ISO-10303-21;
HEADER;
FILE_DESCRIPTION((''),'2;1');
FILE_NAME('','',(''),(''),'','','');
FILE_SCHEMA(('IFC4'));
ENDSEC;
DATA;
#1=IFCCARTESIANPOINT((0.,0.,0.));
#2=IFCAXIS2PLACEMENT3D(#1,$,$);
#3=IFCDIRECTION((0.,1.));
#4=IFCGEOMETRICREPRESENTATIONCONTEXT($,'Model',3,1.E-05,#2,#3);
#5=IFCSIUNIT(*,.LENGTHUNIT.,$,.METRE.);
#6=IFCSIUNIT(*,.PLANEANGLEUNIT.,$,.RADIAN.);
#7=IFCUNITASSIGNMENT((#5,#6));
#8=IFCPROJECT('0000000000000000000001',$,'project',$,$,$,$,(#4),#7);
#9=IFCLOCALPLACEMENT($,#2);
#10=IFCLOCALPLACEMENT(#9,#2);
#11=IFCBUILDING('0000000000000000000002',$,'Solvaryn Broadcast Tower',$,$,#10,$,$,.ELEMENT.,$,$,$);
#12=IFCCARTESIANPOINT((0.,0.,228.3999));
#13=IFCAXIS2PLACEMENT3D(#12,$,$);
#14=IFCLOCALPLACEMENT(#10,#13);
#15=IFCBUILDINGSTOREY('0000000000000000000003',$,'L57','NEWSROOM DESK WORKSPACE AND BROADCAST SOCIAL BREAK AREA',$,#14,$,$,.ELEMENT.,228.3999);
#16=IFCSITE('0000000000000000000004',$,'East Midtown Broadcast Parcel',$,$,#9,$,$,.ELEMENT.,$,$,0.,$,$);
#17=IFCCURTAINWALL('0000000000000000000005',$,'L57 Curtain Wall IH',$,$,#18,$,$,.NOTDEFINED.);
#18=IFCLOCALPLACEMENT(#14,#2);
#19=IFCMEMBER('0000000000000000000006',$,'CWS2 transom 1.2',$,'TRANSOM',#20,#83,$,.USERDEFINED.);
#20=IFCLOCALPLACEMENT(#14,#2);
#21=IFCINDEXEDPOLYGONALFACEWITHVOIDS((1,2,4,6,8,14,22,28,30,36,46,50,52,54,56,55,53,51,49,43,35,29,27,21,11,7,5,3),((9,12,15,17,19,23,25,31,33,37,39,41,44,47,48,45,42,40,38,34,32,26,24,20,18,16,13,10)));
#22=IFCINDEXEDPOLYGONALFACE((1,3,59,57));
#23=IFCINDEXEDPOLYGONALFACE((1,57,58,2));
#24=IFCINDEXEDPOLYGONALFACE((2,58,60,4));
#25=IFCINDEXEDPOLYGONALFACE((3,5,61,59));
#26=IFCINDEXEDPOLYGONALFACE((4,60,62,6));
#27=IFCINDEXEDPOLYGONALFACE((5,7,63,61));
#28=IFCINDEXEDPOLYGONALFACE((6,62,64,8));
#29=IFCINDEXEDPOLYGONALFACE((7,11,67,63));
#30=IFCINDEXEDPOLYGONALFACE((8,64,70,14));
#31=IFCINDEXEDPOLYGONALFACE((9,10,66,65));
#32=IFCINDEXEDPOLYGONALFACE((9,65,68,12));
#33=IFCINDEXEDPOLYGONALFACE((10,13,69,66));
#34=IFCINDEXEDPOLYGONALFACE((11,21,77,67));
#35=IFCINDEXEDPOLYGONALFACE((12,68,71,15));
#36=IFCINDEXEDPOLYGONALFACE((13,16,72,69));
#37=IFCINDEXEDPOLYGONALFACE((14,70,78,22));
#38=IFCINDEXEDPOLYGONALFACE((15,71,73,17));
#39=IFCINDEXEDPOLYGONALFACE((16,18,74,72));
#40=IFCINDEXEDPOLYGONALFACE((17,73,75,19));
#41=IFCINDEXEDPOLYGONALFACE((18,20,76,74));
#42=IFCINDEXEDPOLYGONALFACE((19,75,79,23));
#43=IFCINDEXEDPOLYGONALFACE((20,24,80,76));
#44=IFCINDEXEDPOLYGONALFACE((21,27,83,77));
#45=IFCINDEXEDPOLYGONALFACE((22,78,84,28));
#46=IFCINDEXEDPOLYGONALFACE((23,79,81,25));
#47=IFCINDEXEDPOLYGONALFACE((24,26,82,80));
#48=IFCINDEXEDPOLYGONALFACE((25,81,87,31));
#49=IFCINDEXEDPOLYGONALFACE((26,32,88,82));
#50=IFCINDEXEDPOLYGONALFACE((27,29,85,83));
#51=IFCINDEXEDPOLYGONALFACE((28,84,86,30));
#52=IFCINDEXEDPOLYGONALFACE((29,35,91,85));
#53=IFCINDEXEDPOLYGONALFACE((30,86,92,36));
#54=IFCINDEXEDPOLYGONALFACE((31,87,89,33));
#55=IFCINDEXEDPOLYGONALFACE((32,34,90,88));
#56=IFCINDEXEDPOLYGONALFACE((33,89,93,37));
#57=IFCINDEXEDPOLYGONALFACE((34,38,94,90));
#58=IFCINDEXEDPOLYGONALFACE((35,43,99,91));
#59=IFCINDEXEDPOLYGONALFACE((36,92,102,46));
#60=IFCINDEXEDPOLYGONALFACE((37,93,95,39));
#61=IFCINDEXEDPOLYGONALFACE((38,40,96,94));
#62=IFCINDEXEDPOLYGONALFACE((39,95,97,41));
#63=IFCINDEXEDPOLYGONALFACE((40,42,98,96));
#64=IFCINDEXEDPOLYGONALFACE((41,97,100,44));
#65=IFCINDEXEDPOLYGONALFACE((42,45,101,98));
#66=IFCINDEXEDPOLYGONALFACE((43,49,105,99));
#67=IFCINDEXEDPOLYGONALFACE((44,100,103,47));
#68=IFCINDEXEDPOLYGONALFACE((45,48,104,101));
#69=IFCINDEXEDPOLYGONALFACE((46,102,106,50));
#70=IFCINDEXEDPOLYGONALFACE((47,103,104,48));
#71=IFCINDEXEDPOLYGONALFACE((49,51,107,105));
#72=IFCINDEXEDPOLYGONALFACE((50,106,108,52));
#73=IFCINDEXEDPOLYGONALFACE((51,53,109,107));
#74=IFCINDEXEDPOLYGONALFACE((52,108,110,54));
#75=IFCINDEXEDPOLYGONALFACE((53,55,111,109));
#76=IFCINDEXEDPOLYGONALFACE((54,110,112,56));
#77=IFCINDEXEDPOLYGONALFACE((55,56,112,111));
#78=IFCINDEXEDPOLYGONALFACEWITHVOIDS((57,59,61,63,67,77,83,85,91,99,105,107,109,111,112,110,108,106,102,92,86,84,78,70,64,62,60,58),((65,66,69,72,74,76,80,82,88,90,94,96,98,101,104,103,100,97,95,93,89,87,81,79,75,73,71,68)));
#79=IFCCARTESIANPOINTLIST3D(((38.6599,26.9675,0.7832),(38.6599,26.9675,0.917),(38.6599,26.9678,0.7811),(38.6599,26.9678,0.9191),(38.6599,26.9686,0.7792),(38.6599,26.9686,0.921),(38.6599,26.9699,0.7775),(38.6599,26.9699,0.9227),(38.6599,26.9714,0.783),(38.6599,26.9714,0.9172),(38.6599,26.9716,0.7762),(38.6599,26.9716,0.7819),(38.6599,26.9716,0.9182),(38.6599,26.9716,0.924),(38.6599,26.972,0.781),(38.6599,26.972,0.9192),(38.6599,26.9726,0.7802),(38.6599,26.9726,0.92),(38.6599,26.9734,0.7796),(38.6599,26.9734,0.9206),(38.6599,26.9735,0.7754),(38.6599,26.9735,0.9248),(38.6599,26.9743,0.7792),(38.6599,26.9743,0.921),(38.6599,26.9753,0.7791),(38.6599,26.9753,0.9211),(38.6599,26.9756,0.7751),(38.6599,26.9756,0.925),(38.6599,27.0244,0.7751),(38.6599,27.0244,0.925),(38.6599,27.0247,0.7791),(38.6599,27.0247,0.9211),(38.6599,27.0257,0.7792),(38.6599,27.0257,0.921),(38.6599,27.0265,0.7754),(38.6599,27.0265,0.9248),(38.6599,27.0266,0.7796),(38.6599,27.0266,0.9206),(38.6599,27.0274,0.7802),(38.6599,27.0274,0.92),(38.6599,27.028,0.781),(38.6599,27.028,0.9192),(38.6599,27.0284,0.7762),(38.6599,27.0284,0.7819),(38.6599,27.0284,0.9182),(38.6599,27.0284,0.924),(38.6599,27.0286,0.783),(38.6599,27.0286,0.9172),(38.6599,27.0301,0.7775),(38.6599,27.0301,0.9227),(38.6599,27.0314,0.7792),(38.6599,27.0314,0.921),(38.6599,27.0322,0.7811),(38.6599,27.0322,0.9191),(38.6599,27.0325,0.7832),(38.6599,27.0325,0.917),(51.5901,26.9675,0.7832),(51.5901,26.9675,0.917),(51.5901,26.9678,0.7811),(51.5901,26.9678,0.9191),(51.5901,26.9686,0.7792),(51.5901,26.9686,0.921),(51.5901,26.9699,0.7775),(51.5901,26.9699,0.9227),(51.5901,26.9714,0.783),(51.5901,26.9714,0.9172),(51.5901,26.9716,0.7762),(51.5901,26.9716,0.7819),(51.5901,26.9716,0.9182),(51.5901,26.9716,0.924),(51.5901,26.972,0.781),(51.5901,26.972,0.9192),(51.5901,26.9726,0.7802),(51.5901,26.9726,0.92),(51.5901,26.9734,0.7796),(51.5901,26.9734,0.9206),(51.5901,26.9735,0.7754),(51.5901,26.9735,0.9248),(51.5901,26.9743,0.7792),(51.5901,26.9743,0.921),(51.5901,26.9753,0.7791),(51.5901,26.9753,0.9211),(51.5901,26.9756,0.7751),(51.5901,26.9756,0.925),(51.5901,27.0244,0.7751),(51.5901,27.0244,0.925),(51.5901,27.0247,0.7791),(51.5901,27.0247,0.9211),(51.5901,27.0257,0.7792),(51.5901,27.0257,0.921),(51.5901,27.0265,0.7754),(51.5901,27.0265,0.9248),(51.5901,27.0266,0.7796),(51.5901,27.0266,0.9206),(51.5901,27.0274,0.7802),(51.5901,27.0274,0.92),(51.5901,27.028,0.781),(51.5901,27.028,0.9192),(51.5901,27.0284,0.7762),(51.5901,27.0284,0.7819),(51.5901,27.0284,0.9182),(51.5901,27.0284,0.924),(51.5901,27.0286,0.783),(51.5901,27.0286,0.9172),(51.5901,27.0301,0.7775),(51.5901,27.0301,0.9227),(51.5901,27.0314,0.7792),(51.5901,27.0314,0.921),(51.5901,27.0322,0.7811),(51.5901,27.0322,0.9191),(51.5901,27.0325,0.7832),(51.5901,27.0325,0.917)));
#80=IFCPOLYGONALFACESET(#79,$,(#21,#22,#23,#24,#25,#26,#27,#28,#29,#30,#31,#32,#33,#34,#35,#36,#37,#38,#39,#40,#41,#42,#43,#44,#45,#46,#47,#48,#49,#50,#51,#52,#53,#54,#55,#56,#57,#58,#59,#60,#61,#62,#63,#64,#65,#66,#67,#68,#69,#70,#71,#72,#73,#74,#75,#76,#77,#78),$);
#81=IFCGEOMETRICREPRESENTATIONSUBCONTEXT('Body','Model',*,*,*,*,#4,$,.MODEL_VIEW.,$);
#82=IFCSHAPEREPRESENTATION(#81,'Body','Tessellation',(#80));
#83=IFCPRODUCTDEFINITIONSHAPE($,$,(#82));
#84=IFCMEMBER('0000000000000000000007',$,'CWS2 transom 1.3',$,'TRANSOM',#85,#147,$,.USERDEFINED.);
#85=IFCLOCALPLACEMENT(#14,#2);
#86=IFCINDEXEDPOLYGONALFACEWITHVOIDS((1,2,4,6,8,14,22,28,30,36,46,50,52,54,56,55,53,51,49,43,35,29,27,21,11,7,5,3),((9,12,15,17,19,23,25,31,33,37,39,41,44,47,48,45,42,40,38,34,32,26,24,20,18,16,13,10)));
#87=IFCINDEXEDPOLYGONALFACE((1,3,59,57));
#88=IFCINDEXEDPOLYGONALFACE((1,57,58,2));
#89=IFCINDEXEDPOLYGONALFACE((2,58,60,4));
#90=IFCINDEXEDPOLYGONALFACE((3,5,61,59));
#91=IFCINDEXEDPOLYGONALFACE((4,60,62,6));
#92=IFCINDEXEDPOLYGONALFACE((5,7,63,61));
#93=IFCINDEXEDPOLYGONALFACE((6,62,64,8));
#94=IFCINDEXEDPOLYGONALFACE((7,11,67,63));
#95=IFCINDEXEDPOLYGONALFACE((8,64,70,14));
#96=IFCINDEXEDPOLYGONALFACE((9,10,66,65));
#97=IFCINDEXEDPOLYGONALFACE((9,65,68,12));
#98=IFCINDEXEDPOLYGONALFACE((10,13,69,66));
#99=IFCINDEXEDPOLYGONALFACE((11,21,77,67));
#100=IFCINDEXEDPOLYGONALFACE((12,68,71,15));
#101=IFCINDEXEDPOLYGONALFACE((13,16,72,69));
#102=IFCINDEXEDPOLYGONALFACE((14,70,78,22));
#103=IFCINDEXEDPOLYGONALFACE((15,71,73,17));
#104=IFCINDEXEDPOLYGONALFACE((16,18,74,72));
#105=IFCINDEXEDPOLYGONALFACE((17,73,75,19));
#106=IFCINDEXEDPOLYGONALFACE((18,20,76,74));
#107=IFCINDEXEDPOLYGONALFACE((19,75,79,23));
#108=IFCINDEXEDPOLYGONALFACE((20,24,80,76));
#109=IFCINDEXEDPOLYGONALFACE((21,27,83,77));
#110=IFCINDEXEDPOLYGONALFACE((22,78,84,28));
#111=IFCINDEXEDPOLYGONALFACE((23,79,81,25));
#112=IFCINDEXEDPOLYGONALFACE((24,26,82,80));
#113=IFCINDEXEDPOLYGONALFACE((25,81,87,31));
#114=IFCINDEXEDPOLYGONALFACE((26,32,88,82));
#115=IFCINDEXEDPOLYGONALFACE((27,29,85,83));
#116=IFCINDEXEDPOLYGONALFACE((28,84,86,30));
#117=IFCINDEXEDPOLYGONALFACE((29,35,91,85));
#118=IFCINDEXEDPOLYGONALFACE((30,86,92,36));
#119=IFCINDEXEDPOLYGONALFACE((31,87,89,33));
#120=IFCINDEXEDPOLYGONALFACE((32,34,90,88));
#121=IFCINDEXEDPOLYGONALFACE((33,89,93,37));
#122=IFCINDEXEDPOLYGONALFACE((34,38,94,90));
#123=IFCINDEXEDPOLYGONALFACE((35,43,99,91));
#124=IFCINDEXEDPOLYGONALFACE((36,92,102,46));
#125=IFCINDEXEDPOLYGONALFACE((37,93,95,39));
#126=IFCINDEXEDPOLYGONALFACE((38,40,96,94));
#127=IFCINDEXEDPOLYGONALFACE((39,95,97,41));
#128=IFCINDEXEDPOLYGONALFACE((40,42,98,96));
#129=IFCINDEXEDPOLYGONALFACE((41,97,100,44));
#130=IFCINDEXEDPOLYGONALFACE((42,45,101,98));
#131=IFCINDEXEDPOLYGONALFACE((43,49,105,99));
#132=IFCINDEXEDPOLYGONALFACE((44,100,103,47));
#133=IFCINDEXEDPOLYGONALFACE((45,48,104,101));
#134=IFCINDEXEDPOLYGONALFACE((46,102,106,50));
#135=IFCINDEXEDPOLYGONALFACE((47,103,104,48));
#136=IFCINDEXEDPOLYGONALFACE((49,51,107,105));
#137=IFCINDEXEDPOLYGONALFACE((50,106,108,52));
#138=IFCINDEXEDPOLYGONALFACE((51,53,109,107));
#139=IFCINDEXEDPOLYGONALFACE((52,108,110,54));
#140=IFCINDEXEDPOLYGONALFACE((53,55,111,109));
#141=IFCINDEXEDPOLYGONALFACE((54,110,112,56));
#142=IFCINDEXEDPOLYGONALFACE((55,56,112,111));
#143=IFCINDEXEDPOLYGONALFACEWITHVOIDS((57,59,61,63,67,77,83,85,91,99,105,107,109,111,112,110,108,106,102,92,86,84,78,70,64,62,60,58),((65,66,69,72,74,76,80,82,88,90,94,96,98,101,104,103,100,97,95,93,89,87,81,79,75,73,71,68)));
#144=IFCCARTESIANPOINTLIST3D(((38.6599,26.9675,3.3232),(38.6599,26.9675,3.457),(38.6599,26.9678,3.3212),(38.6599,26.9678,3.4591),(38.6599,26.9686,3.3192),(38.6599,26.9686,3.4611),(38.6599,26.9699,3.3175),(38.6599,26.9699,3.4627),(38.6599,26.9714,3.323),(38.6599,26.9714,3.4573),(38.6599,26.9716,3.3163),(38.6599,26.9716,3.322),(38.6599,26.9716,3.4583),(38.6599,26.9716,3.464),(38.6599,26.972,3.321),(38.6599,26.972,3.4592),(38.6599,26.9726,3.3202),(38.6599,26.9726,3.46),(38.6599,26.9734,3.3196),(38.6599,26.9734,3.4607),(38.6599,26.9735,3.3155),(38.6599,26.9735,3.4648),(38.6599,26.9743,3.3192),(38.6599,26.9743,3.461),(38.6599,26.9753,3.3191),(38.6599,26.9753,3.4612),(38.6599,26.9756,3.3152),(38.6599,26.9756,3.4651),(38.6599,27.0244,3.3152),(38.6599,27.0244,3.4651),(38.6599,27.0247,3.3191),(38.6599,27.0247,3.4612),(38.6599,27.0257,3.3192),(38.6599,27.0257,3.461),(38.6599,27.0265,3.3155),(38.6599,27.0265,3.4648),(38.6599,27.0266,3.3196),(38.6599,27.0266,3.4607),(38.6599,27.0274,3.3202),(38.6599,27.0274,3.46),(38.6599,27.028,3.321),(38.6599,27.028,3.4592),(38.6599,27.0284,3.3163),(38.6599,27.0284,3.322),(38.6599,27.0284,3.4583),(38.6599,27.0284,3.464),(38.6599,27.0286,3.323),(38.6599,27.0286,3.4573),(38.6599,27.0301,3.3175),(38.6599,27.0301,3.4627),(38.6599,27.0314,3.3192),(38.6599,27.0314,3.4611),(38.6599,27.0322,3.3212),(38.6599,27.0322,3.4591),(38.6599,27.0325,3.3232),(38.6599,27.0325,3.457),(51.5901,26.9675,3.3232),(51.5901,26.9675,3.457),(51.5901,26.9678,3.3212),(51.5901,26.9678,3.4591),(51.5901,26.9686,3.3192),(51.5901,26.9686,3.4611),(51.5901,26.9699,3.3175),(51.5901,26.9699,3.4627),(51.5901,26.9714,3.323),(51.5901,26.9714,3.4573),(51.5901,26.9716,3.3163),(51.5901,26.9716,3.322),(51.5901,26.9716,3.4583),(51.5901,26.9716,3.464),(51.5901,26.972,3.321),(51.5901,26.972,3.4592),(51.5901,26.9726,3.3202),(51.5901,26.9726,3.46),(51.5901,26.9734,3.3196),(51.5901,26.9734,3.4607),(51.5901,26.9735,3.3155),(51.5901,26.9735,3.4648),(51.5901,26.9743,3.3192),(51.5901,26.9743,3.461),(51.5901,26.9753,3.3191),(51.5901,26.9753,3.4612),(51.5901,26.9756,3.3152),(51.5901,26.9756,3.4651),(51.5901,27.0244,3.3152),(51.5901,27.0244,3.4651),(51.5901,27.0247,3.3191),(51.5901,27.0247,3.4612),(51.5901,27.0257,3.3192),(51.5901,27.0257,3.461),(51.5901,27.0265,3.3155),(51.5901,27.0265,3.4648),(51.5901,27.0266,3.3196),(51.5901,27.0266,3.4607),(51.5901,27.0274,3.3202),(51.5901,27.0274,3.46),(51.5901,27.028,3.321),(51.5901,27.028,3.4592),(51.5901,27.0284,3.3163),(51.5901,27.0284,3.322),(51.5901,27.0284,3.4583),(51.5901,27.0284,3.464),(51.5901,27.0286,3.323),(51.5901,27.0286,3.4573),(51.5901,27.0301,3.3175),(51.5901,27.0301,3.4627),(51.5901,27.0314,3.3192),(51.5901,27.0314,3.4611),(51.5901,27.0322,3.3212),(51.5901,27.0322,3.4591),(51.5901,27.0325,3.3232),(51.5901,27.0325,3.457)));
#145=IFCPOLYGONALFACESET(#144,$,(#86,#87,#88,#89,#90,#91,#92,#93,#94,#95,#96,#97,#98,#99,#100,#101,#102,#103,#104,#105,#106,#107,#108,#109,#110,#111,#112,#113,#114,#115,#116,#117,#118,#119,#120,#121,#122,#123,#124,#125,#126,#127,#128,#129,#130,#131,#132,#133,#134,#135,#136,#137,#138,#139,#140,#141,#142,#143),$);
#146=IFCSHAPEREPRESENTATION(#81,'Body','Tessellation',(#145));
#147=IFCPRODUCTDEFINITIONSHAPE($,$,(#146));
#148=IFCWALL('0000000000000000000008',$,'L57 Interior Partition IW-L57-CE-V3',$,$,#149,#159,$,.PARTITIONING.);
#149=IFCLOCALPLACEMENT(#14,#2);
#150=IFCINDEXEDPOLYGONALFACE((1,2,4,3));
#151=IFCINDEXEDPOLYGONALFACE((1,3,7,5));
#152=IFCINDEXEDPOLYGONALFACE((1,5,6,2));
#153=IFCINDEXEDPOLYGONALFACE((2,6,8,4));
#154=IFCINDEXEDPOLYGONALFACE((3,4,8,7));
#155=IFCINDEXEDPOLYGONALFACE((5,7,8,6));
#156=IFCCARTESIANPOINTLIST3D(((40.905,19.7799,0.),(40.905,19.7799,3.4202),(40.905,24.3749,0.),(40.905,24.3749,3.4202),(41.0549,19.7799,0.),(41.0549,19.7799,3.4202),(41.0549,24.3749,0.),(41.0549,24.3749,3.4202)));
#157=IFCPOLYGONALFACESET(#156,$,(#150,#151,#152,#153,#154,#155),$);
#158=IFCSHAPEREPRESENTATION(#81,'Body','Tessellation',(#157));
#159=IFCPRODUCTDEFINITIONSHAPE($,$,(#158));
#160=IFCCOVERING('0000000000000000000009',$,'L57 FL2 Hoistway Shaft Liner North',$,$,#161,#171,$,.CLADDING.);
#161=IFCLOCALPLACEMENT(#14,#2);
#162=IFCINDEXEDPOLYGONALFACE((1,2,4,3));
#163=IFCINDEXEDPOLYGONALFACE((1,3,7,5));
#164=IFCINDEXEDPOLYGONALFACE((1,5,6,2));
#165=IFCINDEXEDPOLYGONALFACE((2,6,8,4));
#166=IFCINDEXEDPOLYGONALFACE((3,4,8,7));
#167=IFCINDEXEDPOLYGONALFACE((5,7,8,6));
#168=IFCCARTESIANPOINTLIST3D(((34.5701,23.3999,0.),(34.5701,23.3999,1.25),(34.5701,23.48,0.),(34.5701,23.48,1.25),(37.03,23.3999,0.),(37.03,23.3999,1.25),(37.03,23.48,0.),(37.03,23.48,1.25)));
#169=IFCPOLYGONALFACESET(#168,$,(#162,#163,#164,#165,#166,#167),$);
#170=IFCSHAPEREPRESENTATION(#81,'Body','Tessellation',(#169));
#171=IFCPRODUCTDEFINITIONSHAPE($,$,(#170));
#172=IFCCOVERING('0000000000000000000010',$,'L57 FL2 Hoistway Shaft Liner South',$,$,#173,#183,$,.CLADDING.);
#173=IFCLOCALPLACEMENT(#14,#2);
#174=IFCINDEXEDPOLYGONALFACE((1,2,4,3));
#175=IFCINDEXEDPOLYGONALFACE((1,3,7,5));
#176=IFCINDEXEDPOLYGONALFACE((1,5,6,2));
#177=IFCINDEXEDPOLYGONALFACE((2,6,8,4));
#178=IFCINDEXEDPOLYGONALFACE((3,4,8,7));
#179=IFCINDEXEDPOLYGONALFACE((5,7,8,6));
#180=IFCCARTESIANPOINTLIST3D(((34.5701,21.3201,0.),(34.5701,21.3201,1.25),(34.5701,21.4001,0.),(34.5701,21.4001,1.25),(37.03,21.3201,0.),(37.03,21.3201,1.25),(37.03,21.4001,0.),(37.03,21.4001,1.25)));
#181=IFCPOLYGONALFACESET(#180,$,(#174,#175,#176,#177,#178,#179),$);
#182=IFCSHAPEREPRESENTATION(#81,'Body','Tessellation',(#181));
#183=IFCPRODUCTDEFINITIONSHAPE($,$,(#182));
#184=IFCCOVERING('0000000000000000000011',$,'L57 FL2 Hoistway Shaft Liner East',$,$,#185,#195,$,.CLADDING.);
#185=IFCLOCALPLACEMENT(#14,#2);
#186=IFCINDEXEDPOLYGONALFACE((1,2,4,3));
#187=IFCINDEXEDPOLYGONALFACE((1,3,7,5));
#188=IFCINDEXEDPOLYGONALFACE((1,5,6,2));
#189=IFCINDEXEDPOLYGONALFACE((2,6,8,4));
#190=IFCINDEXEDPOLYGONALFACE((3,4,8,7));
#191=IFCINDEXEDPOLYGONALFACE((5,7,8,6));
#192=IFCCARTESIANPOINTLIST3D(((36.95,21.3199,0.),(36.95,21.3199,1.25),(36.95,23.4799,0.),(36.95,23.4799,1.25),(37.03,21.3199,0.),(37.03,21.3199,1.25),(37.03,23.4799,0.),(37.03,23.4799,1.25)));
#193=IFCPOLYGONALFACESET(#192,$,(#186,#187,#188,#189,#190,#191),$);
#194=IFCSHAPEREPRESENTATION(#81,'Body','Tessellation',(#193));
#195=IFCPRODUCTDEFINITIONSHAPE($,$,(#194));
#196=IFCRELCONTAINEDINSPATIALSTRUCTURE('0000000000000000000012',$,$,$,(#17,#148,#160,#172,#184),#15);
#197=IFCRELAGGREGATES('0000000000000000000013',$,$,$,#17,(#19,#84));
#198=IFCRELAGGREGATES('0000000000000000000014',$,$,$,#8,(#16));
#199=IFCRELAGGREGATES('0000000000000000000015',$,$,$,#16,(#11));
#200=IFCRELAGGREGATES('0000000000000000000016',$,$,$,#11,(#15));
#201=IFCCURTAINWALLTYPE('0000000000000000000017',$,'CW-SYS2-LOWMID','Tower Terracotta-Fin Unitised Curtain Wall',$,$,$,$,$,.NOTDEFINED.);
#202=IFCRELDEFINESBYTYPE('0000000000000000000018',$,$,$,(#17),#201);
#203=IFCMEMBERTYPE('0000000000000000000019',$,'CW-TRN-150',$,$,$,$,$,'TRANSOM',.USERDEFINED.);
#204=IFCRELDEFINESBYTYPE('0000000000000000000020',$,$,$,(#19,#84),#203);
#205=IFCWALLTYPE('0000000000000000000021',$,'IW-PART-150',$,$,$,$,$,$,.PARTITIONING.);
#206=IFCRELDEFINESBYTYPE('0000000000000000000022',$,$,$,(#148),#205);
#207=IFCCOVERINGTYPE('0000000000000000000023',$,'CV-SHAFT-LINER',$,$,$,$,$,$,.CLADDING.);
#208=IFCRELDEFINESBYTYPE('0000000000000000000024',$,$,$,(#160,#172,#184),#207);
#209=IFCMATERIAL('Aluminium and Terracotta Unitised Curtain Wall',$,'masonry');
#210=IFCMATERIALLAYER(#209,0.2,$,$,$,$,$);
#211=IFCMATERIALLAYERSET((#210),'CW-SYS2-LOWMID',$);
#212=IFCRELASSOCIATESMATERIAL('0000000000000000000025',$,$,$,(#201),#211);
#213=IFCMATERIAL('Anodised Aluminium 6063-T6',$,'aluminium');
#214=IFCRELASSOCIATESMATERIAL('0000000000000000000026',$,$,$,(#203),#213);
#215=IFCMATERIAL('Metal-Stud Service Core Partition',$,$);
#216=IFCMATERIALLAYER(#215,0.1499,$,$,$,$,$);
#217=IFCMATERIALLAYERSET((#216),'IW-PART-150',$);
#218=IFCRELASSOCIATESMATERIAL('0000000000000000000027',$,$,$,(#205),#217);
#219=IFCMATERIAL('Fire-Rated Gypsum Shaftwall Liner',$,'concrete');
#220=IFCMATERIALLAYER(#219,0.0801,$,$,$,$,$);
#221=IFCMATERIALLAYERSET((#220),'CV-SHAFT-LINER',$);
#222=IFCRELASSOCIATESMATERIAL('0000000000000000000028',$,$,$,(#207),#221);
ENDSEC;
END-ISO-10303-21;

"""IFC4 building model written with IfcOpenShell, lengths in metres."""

from ifc_helpers import new_model, si_unit, direction, frame, frame_2d, origin, origin_2d, place, context, subcontext, project, spatial, rectangle, hollow_rectangle, extrude, material, layer, layer_set, material_profile, profile_set, type_object, element, aggregate, save


model = new_model("IFC4")

# Units and contexts
model_context = context("Model", 3, precision=1e-05, world=origin(), true_north=direction((0.0, 1.0)))
body_context = subcontext(model_context, "Body", "Model", "MODEL_VIEW")
ifc_project = project(units=[si_unit("LENGTHUNIT", "METRE"), si_unit("PLANEANGLEUNIT", "RADIAN")], contexts=[model_context])

# Site, building, storey
site_placement = place(None, origin())
site = spatial("IfcSite", under=ifc_project, at=site_placement, Name="East Midtown Broadcast Parcel", CompositionType="ELEMENT", RefElevation=0.0)
building_placement = place(site_placement, origin())
building = spatial("IfcBuilding", under=site, at=building_placement, Name="Solvaryn Broadcast Tower", CompositionType="ELEMENT")
storey_placement = place(building_placement, frame((0.0, 0.0, 228.3999)))
storey = spatial("IfcBuildingStorey", under=building, at=storey_placement, Name="L57", Description="NEWSROOM DESK WORKSPACE AND BROADCAST SOCIAL BREAK AREA", CompositionType="ELEMENT", Elevation=228.3999)

# Curtain wall
ifc_material_1 = material(Name="Aluminium and Terracotta Unitised Curtain Wall", Category="masonry")
ifc_layer_1 = layer(ifc_material_1, 0.2)
ifc_layer_set_1 = layer_set([ifc_layer_1], Name="CW-SYS2-LOWMID")
curtain_wall_type = type_object("IfcCurtainWallType", Name="CW-SYS2-LOWMID", Description="Tower Terracotta-Fin Unitised Curtain Wall", PredefinedType="NOTDEFINED", material=ifc_layer_set_1)
curtain_wall_1_placement = place(storey_placement, origin())
curtain_wall_1 = element("IfcCurtainWall", 1, at=curtain_wall_1_placement, inside=storey, type_object=curtain_wall_type, Name="L57 Curtain Wall IH", PredefinedType="NOTDEFINED")

# Members
ifc_material_2 = material(Name="Anodised Aluminium 6063-T6", Category="aluminium")
ifc_material_profile_1 = material_profile(ifc_material_2, hollow_rectangle(XDim=0.0649, YDim=0.1499, WallThickness=0.0039, InnerFilletRadius=0.0039, OuterFilletRadius=0.0081, at=origin_2d()))
ifc_profile_set_1 = profile_set([ifc_material_profile_1], Name="Anodised Aluminium 6063-T6")
member_type_1 = type_object("IfcMemberType", Name="CW-TRN-150", ElementType="TRANSOM", PredefinedType="USERDEFINED", material=ifc_profile_set_1)
member_1_placement = place(storey_placement, frame((38.6599, 27.0, 0.8501), z_axis=(1.0, 0.0, 0.0), x_axis=(0.0, 1.0, 0.0)))
member_1 = element("IfcMember", 2, at=member_1_placement, type_object=member_type_1, Name="CWS2 transom 1.2", ObjectType="TRANSOM", PredefinedType="USERDEFINED", context=body_context, shape_type="SweptSolid", body=[
    extrude(hollow_rectangle(XDim=0.0649, YDim=0.1499, WallThickness=0.0039, InnerFilletRadius=0.0039, OuterFilletRadius=0.0081, at=origin_2d()), origin(), (0.0, 0.0, 1.0), 12.9302),
])
member_2_placement = place(storey_placement, frame((38.6599, 27.0, 3.3901), z_axis=(1.0, 0.0, 0.0), x_axis=(0.0, 1.0, 0.0)))
member_2 = element("IfcMember", 3, at=member_2_placement, type_object=member_type_1, Name="CWS2 transom 1.3", ObjectType="TRANSOM", PredefinedType="USERDEFINED", context=body_context, shape_type="SweptSolid", body=[
    extrude(hollow_rectangle(XDim=0.0649, YDim=0.1499, WallThickness=0.0039, InnerFilletRadius=0.0039, OuterFilletRadius=0.0081, at=origin_2d()), origin(), (0.0, 0.0, 1.0), 12.9302),
])
aggregate(curtain_wall_1, [member_1, member_2])

# Wall
ifc_material_3 = material(Name="Metal-Stud Service Core Partition")
ifc_layer_2 = layer(ifc_material_3, 0.1499)
ifc_layer_set_2 = layer_set([ifc_layer_2], Name="IW-PART-150")
wall_type = type_object("IfcWallType", Name="IW-PART-150", PredefinedType="PARTITIONING", material=ifc_layer_set_2)
wall_placement = place(storey_placement, frame((40.98, 19.78, 0.0), z_axis=(0.0, 0.0, 1.0), x_axis=(0.0, 1.0, 0.0)))
element("IfcWall", 4, at=wall_placement, inside=storey, type_object=wall_type, Name="L57 Interior Partition IW-L57-CE-V3", PredefinedType="PARTITIONING", context=body_context, shape_type="SweptSolid", body=[
    extrude(rectangle(XDim=4.595, YDim=0.1499, at=frame_2d((2.2974, 0.0))), origin(), (0.0, 0.0, 1.0), 3.4202),
])

# Coverings
ifc_material_4 = material(Name="Fire-Rated Gypsum Shaftwall Liner", Category="concrete")
ifc_layer_3 = layer(ifc_material_4, 0.0801)
ifc_layer_set_3 = layer_set([ifc_layer_3], Name="CV-SHAFT-LINER")
covering_type_1 = type_object("IfcCoveringType", Name="CV-SHAFT-LINER", PredefinedType="CLADDING", material=ifc_layer_set_3)
for number, where, z_axis, x_axis, name in (
    (5, (35.8, 23.4399, 0.0), (0.0, 0.0, 1.0), (1.0, 0.0, 0.0), "L57 FL2 Hoistway Shaft Liner North"),
    (6, (35.8, 21.3601, 0.0), (0.0, 0.0, 1.0), (1.0, 0.0, 0.0), "L57 FL2 Hoistway Shaft Liner South"),
):
    element("IfcCovering", number, at=place(storey_placement, frame(where, z_axis=z_axis, x_axis=x_axis)), inside=storey, type_object=covering_type_1, Name=name, PredefinedType="CLADDING", context=body_context, shape_type="SweptSolid", body=[
        extrude(rectangle(XDim=2.46, YDim=0.0801, at=origin_2d()), origin(), (0.0, 0.0, 1.0), 1.25),
    ])
covering_1_placement = place(storey_placement, frame((36.99, 22.3999, 0.0), z_axis=(0.0, 0.0, 1.0), x_axis=(1.0, 0.0, 0.0)))
element("IfcCovering", 7, at=covering_1_placement, inside=storey, type_object=covering_type_1, Name="L57 FL2 Hoistway Shaft Liner East", PredefinedType="CLADDING", context=body_context, shape_type="SweptSolid", body=[
    extrude(rectangle(XDim=0.0801, YDim=2.1599, at=origin_2d()), origin(), (0.0, 0.0, 1.0), 1.25),
])

save(model, "model.ifc")
